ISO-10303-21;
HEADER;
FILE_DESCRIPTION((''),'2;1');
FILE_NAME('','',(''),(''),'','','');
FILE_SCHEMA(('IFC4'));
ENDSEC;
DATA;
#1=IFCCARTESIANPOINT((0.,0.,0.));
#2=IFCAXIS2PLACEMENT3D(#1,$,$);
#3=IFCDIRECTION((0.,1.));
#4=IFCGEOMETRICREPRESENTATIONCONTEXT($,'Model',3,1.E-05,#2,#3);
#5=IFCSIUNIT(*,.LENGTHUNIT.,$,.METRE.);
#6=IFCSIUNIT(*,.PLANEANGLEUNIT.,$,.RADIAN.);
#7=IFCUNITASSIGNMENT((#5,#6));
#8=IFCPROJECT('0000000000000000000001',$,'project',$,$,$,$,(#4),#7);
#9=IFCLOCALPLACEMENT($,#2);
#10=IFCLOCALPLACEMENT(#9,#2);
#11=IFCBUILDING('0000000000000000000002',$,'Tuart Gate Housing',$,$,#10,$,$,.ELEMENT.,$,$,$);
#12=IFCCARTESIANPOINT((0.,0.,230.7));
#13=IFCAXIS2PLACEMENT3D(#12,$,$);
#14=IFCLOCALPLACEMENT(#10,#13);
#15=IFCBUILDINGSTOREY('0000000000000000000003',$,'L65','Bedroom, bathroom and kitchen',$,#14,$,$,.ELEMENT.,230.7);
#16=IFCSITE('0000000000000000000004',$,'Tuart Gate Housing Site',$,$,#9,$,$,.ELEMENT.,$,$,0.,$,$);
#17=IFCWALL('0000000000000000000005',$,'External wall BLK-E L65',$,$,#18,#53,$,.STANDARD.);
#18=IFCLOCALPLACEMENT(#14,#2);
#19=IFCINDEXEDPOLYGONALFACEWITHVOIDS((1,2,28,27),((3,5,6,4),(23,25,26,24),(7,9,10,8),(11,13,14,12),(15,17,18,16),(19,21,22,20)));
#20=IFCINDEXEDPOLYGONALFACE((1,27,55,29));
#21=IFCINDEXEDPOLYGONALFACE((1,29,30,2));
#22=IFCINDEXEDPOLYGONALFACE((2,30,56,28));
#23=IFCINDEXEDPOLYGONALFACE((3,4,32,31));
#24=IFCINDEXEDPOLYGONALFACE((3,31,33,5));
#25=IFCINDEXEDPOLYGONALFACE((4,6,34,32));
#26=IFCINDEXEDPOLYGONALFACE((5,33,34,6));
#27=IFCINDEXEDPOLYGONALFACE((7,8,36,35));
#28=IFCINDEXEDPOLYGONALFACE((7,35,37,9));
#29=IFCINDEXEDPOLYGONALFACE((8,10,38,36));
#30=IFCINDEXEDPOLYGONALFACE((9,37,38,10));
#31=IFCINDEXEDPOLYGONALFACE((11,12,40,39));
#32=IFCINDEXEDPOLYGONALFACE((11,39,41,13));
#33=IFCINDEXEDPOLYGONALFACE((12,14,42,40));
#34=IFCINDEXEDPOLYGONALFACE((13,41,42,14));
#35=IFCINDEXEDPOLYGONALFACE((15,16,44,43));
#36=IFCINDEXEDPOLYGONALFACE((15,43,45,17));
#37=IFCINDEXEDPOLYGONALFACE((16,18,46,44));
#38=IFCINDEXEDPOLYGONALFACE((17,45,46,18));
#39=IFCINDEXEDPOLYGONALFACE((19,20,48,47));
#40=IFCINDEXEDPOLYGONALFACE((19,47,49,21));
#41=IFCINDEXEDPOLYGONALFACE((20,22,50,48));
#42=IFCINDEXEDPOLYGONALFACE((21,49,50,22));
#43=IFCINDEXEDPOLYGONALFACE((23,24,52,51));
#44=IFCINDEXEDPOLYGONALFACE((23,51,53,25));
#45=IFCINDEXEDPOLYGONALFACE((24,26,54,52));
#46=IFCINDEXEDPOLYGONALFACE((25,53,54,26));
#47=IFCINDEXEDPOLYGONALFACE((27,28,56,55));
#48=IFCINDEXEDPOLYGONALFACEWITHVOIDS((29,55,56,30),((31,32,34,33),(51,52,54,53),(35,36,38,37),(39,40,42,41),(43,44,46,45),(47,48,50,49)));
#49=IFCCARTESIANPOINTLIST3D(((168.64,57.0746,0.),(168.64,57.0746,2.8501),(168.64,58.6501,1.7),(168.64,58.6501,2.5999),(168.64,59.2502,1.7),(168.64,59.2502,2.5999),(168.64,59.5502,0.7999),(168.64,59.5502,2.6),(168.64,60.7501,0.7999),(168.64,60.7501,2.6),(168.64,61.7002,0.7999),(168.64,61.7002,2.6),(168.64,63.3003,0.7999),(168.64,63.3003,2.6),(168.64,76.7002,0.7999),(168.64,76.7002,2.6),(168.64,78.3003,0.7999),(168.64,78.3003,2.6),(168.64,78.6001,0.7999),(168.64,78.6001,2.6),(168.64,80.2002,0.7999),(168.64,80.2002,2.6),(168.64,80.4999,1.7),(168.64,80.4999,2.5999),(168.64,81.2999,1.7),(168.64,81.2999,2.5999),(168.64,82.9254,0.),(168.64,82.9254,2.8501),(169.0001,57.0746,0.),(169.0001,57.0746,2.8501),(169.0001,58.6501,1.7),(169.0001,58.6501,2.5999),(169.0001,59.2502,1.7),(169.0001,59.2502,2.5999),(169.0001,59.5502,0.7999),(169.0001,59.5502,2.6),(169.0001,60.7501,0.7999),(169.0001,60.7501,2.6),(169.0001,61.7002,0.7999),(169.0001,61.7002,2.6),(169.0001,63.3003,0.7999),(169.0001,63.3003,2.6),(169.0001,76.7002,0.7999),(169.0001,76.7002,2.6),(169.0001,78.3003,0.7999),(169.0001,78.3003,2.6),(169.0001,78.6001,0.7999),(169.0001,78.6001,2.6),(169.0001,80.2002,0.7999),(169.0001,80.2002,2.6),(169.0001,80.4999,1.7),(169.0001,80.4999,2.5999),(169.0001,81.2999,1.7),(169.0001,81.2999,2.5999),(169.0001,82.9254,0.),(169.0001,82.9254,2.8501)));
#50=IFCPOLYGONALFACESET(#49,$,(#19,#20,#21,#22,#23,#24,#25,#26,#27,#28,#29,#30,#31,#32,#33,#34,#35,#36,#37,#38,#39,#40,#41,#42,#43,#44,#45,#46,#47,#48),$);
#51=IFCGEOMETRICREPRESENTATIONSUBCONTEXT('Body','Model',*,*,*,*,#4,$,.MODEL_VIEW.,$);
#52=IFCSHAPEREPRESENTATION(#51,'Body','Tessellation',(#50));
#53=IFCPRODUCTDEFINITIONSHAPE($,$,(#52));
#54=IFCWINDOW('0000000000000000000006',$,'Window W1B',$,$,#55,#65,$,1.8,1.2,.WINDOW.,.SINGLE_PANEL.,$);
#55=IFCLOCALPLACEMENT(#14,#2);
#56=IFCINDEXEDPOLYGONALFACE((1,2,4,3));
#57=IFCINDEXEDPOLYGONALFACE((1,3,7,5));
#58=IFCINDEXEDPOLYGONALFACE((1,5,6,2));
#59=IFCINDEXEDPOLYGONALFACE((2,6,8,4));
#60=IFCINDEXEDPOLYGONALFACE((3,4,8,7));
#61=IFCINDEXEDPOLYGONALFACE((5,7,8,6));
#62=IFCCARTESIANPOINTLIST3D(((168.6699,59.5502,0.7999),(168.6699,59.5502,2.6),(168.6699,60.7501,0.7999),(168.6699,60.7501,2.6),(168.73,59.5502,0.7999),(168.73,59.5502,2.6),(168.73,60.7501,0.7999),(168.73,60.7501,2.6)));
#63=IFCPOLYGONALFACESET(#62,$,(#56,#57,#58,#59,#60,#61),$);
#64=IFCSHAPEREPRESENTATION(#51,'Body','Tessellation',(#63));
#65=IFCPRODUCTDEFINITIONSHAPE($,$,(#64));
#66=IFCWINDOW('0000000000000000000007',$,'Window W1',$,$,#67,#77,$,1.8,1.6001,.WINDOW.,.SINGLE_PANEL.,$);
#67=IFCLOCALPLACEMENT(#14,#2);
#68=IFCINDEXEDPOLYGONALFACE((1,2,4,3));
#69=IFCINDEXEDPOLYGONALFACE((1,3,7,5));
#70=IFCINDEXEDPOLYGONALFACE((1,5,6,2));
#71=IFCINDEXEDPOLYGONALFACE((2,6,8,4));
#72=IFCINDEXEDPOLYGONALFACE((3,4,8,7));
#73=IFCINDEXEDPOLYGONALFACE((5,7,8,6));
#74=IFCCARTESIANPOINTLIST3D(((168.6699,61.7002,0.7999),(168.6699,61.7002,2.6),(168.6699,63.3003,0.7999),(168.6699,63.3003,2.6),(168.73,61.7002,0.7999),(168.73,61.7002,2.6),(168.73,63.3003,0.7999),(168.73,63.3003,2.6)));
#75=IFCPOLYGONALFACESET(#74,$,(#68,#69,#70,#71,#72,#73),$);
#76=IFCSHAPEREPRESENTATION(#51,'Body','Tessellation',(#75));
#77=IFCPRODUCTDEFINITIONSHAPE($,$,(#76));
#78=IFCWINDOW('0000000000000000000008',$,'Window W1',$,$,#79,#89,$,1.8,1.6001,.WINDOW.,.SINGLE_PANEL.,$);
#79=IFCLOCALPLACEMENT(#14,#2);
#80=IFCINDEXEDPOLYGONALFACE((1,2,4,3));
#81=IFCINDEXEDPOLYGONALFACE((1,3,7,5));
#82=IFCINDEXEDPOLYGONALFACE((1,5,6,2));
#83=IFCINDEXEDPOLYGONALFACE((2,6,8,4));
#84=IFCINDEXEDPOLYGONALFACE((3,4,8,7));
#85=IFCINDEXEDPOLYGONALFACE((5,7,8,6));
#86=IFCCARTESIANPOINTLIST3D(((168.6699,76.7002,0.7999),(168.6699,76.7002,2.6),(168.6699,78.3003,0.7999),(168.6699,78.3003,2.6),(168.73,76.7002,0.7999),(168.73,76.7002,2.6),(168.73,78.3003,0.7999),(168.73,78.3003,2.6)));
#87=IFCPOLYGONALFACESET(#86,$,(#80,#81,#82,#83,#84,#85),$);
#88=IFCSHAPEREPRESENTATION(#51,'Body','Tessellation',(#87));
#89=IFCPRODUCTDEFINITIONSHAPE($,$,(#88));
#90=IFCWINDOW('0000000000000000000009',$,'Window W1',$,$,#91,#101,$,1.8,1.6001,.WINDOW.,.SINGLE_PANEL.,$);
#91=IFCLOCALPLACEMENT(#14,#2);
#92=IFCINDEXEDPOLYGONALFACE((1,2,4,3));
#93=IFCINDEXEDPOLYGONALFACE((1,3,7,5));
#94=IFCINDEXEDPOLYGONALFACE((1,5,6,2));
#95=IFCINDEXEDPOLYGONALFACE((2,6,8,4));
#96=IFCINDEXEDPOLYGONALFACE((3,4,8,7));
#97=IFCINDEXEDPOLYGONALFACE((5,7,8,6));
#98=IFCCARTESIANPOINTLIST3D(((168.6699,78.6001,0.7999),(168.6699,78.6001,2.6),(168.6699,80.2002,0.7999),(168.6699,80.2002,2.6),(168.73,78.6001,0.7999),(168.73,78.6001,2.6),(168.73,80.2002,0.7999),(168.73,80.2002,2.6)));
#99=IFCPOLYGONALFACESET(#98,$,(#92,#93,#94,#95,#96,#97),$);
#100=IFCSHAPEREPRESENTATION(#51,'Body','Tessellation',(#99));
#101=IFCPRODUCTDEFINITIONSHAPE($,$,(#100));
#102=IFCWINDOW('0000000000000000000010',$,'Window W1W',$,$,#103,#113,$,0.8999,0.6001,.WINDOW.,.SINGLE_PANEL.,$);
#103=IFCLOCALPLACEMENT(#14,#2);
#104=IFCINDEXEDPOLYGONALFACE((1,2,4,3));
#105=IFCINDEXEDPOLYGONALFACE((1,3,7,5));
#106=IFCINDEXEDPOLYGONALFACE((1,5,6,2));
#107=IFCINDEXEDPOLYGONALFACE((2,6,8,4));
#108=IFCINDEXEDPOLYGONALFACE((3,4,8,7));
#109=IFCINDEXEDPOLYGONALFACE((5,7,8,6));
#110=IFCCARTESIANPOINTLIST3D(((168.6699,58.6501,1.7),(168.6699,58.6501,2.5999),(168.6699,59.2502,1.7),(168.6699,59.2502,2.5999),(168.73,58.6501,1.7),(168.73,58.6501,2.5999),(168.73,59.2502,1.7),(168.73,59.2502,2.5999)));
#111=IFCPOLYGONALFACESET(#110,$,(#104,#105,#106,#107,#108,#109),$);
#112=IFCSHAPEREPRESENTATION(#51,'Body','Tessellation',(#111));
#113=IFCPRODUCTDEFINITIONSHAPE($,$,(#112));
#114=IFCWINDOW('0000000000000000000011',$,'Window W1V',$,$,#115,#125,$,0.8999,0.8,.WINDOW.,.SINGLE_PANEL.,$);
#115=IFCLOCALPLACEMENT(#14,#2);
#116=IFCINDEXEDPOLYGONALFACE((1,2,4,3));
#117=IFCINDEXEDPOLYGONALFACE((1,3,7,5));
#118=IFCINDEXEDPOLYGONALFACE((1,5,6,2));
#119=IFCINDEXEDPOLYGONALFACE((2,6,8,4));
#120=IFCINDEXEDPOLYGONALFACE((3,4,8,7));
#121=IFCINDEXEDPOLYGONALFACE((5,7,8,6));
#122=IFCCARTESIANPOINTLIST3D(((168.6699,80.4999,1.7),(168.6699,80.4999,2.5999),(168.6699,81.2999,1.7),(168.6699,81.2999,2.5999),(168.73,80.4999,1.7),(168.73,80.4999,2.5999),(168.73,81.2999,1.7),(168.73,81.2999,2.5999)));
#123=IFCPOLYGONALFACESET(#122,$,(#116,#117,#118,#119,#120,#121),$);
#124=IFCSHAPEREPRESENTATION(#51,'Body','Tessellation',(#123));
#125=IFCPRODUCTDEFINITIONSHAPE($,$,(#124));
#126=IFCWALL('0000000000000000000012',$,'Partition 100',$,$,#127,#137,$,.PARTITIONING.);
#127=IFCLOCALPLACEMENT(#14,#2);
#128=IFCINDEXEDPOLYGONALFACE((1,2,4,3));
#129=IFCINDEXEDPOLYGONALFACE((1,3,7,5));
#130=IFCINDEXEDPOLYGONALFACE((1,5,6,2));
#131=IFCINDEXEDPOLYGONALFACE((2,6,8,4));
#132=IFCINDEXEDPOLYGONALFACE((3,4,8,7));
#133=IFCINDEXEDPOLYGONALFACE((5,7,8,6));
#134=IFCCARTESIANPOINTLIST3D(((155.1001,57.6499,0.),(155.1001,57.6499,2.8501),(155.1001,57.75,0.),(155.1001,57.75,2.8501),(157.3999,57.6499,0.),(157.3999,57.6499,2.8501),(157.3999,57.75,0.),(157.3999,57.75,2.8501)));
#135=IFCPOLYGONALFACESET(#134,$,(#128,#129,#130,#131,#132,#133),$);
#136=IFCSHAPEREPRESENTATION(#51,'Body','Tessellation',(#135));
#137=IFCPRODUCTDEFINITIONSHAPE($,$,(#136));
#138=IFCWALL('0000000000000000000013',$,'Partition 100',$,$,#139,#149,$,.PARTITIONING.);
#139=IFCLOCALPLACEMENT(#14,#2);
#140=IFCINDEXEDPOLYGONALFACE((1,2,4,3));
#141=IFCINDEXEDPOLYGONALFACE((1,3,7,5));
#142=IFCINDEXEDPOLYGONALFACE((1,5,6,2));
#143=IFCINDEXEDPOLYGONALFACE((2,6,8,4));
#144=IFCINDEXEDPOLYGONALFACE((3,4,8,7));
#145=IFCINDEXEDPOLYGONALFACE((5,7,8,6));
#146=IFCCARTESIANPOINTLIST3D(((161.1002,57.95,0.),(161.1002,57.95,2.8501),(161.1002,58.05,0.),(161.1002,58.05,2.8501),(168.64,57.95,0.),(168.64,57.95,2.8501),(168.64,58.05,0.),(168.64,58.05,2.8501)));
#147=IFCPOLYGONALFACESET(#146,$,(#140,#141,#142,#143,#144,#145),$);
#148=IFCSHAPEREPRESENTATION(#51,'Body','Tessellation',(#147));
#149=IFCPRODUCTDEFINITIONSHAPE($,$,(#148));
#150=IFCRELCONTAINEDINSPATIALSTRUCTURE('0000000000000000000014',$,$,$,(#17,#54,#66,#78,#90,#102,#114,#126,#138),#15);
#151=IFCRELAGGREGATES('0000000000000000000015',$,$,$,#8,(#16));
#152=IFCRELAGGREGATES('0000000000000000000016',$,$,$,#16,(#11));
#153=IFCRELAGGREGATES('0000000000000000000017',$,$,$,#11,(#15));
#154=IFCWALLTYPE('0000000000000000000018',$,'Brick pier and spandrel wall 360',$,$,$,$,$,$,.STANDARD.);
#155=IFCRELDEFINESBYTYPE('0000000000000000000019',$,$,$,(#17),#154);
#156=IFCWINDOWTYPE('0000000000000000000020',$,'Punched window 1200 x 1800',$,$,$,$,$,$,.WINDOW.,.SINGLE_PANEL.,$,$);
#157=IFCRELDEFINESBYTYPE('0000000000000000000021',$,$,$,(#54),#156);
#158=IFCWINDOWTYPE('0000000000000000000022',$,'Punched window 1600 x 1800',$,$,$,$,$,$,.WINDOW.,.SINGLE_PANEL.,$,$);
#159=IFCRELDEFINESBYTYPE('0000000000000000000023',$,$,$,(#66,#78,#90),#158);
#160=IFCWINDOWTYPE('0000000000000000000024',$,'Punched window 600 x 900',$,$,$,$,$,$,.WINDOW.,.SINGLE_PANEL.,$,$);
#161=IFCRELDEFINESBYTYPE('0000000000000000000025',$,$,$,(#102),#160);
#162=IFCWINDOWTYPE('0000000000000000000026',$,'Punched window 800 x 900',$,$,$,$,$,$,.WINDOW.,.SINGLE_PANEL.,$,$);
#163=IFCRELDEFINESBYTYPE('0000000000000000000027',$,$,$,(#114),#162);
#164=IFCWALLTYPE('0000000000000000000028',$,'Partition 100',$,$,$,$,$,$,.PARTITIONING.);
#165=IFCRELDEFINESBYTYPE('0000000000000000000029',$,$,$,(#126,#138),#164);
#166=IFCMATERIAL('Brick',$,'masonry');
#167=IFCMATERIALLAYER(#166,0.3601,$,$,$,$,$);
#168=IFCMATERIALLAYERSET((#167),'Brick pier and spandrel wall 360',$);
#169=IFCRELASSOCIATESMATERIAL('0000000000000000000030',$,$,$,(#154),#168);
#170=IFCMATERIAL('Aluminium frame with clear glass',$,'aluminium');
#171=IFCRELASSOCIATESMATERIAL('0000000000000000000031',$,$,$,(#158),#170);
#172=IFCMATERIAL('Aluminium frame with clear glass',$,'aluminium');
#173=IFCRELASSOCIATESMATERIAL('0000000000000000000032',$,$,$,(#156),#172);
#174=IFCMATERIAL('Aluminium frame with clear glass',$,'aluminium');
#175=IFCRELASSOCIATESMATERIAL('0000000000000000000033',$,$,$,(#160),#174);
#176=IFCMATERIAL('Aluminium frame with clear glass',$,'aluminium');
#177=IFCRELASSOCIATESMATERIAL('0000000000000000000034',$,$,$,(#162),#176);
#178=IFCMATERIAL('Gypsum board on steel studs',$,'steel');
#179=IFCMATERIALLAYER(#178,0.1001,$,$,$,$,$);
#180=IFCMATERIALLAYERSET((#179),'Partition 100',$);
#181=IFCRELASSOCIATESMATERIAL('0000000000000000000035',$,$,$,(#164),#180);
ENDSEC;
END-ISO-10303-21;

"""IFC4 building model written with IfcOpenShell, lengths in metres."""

from ifc_helpers import new_model, si_unit, direction, frame, frame_2d, origin, place, context, subcontext, project, spatial, rectangle, extrude, material, layer, layer_set, type_object, element, fill, save


model = new_model("IFC4")

# Units and contexts
model_context = context("Model", 3, precision=1e-05, world=origin(), true_north=direction((0.0, 1.0)))
body_context = subcontext(model_context, "Body", "Model", "MODEL_VIEW")
ifc_project = project(units=[si_unit("LENGTHUNIT", "METRE"), si_unit("PLANEANGLEUNIT", "RADIAN")], contexts=[model_context])

# Site, building, storey
site_placement = place(None, origin())
site = spatial("IfcSite", under=ifc_project, at=site_placement, Name="Tuart Gate Housing Site", CompositionType="ELEMENT", RefElevation=0.0)
building_placement = place(site_placement, origin())
building = spatial("IfcBuilding", under=site, at=building_placement, Name="Tuart Gate Housing", CompositionType="ELEMENT")
storey_placement = place(building_placement, frame((0.0, 0.0, 230.7)))
storey = spatial("IfcBuildingStorey", under=building, at=storey_placement, Name="L65", Description="Bedroom, bathroom and kitchen", CompositionType="ELEMENT", Elevation=230.7)

# Shared definitions
ifc_material_1 = material(Name="Brick", Category="masonry")
ifc_layer_1 = layer(ifc_material_1, 0.3601)
ifc_layer_set_1 = layer_set([ifc_layer_1], Name="Brick pier and spandrel wall 360")
wall_type_1 = type_object("IfcWallType", Name="Brick pier and spandrel wall 360", PredefinedType="STANDARD", material=ifc_layer_set_1)
ifc_material_2 = material(Name="Aluminium frame with clear glass", Category="aluminium")
window_type_1 = type_object("IfcWindowType", Name="Punched window 1600 x 1800", PartitioningType="SINGLE_PANEL", PredefinedType="WINDOW", material=ifc_material_2)

# Wall, openings, windows
wall_1_placement = place(storey_placement, frame((168.8201, 57.0747, 0.0), z_axis=(0.0, 0.0, 1.0), x_axis=(0.0, 1.0, 0.0)))
wall_1 = element("IfcWall", 1, at=wall_1_placement, inside=storey, type_object=wall_type_1, Name="External wall BLK-E L65", PredefinedType="STANDARD", context=body_context, shape_type="SweptSolid", body=[
    extrude(rectangle(XDim=25.8508, YDim=0.3601, at=frame_2d((12.9253, 0.0))), origin(), (0.0, 0.0, 1.0), 2.8501),
])
opening_1_placement = place(wall_1_placement, frame((1.5754, 0.0, 1.7)))
opening_1 = element("IfcOpeningElement", 2, at=opening_1_placement, cuts=wall_1, PredefinedType="OPENING", context=body_context, shape_type="SweptSolid", body=[
    extrude(rectangle(XDim=0.6001, YDim=0.8999, at=frame_2d((0.3, 0.45))), frame((0.0, 0.1899, 0.0), z_axis=(0.0, -1.0, 0.0), x_axis=(1.0, 0.0, 0.0)), (0.0, 0.0, 1.0), 0.3801),
])
opening_2_placement = place(wall_1_placement, frame((4.6255, 0.0, 0.8)))
opening_2 = element("IfcOpeningElement", 3, at=opening_2_placement, cuts=wall_1, PredefinedType="OPENING", context=body_context, shape_type="SweptSolid", body=[
    extrude(rectangle(XDim=1.6001, YDim=1.8, at=frame_2d((0.8, 0.8999))), frame((0.0, 0.1899, 0.0), z_axis=(0.0, -1.0, 0.0), x_axis=(1.0, 0.0, 0.0)), (0.0, 0.0, 1.0), 0.3801),
])
opening_3_placement = place(wall_1_placement, frame((19.6255, 0.0, 0.8)))
opening_3 = element("IfcOpeningElement", 4, at=opening_3_placement, cuts=wall_1, PredefinedType="OPENING", context=body_context, shape_type="SweptSolid", body=[
    extrude(rectangle(XDim=1.6001, YDim=1.8, at=frame_2d((0.8, 0.8999))), frame((0.0, 0.1899, 0.0), z_axis=(0.0, -1.0, 0.0), x_axis=(1.0, 0.0, 0.0)), (0.0, 0.0, 1.0), 0.3801),
])
opening_4_placement = place(wall_1_placement, frame((21.5254, 0.0, 0.8)))
opening_4 = element("IfcOpeningElement", 5, at=opening_4_placement, cuts=wall_1, PredefinedType="OPENING", context=body_context, shape_type="SweptSolid", body=[
    extrude(rectangle(XDim=1.6001, YDim=1.8, at=frame_2d((0.8, 0.8999))), frame((0.0, 0.1899, 0.0), z_axis=(0.0, -1.0, 0.0), x_axis=(1.0, 0.0, 0.0)), (0.0, 0.0, 1.0), 0.3801),
])
opening_5_placement = place(wall_1_placement, frame((2.4753, 0.0, 0.8)))
opening_5 = element("IfcOpeningElement", 6, at=opening_5_placement, cuts=wall_1, PredefinedType="OPENING", context=body_context, shape_type="SweptSolid", body=[
    extrude(rectangle(XDim=1.2, YDim=1.8, at=frame_2d((0.6001, 0.8999))), frame((0.0, 0.1899, 0.0), z_axis=(0.0, -1.0, 0.0), x_axis=(1.0, 0.0, 0.0)), (0.0, 0.0, 1.0), 0.3801),
])
opening_6_placement = place(wall_1_placement, frame((23.4253, 0.0, 1.7)))
opening_6 = element("IfcOpeningElement", 7, at=opening_6_placement, cuts=wall_1, PredefinedType="OPENING", context=body_context, shape_type="SweptSolid", body=[
    extrude(rectangle(XDim=0.8, YDim=0.8999, at=frame_2d((0.3999, 0.45))), frame((0.0, 0.1899, 0.0), z_axis=(0.0, -1.0, 0.0), x_axis=(1.0, 0.0, 0.0)), (0.0, 0.0, 1.0), 0.3801),
])
ifc_material_3 = material(Name="Aluminium frame with clear glass", Category="aluminium")
window_type_2 = type_object("IfcWindowType", Name="Punched window 1200 x 1800", PartitioningType="SINGLE_PANEL", PredefinedType="WINDOW", material=ifc_material_3)
window_1_placement = place(opening_5_placement, origin())
window_1 = element("IfcWindow", 8, at=window_1_placement, inside=storey, type_object=window_type_2, Name="Window W1B", OverallHeight=1.8, OverallWidth=1.2, PartitioningType="SINGLE_PANEL", PredefinedType="WINDOW", context=body_context, shape_type="SweptSolid", body=[
    extrude(rectangle(XDim=1.2, YDim=1.8, at=frame_2d((0.6001, 0.8999))), frame((0.0, 0.1501, 0.0), z_axis=(0.0, -1.0, 0.0), x_axis=(1.0, 0.0, 0.0)), (0.0, 0.0, 1.0), 0.0601),
])
fill(opening_5, window_1)
window_2_placement = place(opening_2_placement, origin())
window_2 = element("IfcWindow", 9, at=window_2_placement, inside=storey, type_object=window_type_1, Name="Window W1", OverallHeight=1.8, OverallWidth=1.6001, PartitioningType="SINGLE_PANEL", PredefinedType="WINDOW", context=body_context, shape_type="SweptSolid", body=[
    extrude(rectangle(XDim=1.6001, YDim=1.8, at=frame_2d((0.8, 0.8999))), frame((0.0, 0.1501, 0.0), z_axis=(0.0, -1.0, 0.0), x_axis=(1.0, 0.0, 0.0)), (0.0, 0.0, 1.0), 0.0601),
])
fill(opening_2, window_2)
window_3_placement = place(opening_3_placement, origin())
window_3 = element("IfcWindow", 10, at=window_3_placement, inside=storey, type_object=window_type_1, Name="Window W1", OverallHeight=1.8, OverallWidth=1.6001, PartitioningType="SINGLE_PANEL", PredefinedType="WINDOW", context=body_context, shape_type="SweptSolid", body=[
    extrude(rectangle(XDim=1.6001, YDim=1.8, at=frame_2d((0.8, 0.8999))), frame((0.0, 0.1501, 0.0), z_axis=(0.0, -1.0, 0.0), x_axis=(1.0, 0.0, 0.0)), (0.0, 0.0, 1.0), 0.0601),
])
fill(opening_3, window_3)
window_4_placement = place(opening_4_placement, origin())
window_4 = element("IfcWindow", 11, at=window_4_placement, inside=storey, type_object=window_type_1, Name="Window W1", OverallHeight=1.8, OverallWidth=1.6001, PartitioningType="SINGLE_PANEL", PredefinedType="WINDOW", context=body_context, shape_type="SweptSolid", body=[
    extrude(rectangle(XDim=1.6001, YDim=1.8, at=frame_2d((0.8, 0.8999))), frame((0.0, 0.1501, 0.0), z_axis=(0.0, -1.0, 0.0), x_axis=(1.0, 0.0, 0.0)), (0.0, 0.0, 1.0), 0.0601),
])
fill(opening_4, window_4)
ifc_material_4 = material(Name="Aluminium frame with clear glass", Category="aluminium")
window_type_3 = type_object("IfcWindowType", Name="Punched window 600 x 900", PartitioningType="SINGLE_PANEL", PredefinedType="WINDOW", material=ifc_material_4)
window_5_placement = place(opening_1_placement, origin())
window_5 = element("IfcWindow", 12, at=window_5_placement, inside=storey, type_object=window_type_3, Name="Window W1W", OverallHeight=0.8999, OverallWidth=0.6001, PartitioningType="SINGLE_PANEL", PredefinedType="WINDOW", context=body_context, shape_type="SweptSolid", body=[
    extrude(rectangle(XDim=0.6001, YDim=0.8999, at=frame_2d((0.3, 0.45))), frame((0.0, 0.1501, 0.0), z_axis=(0.0, -1.0, 0.0), x_axis=(1.0, 0.0, 0.0)), (0.0, 0.0, 1.0), 0.0601),
])
fill(opening_1, window_5)
ifc_material_5 = material(Name="Aluminium frame with clear glass", Category="aluminium")
window_type_4 = type_object("IfcWindowType", Name="Punched window 800 x 900", PartitioningType="SINGLE_PANEL", PredefinedType="WINDOW", material=ifc_material_5)
window_6_placement = place(opening_6_placement, origin())
window_6 = element("IfcWindow", 13, at=window_6_placement, inside=storey, type_object=window_type_4, Name="Window W1V", OverallHeight=0.8999, OverallWidth=0.8, PartitioningType="SINGLE_PANEL", PredefinedType="WINDOW", context=body_context, shape_type="SweptSolid", body=[
    extrude(rectangle(XDim=0.8, YDim=0.8999, at=frame_2d((0.3999, 0.45))), frame((0.0, 0.1501, 0.0), z_axis=(0.0, -1.0, 0.0), x_axis=(1.0, 0.0, 0.0)), (0.0, 0.0, 1.0), 0.0601),
])
fill(opening_6, window_6)

# Walls
ifc_material_6 = material(Name="Gypsum board on steel studs", Category="steel")
ifc_layer_2 = layer(ifc_material_6, 0.1001)
ifc_layer_set_2 = layer_set([ifc_layer_2], Name="Partition 100")
wall_type_2 = type_object("IfcWallType", Name="Partition 100", PredefinedType="PARTITIONING", material=ifc_layer_set_2)
wall_2_placement = place(storey_placement, frame((155.1001, 57.7, 0.0), z_axis=(0.0, 0.0, 1.0), x_axis=(1.0, 0.0, 0.0)))
element("IfcWall", 14, at=wall_2_placement, inside=storey, type_object=wall_type_2, Name="Partition 100", PredefinedType="PARTITIONING", context=body_context, shape_type="SweptSolid", body=[
    extrude(rectangle(XDim=2.2998, YDim=0.1001, at=frame_2d((1.1499, 0.0))), origin(), (0.0, 0.0, 1.0), 2.8501),
])
wall_3_placement = place(storey_placement, frame((161.1001, 58.0, 0.0), z_axis=(0.0, 0.0, 1.0), x_axis=(1.0, 0.0, 0.0)))
element("IfcWall", 15, at=wall_3_placement, inside=storey, type_object=wall_type_2, Name="Partition 100", PredefinedType="PARTITIONING", context=body_context, shape_type="SweptSolid", body=[
    extrude(rectangle(XDim=7.5398, YDim=0.1001, at=frame_2d((3.77, 0.0))), origin(), (0.0, 0.0, 1.0), 2.8501),
])

save(model, "model.ifc")
